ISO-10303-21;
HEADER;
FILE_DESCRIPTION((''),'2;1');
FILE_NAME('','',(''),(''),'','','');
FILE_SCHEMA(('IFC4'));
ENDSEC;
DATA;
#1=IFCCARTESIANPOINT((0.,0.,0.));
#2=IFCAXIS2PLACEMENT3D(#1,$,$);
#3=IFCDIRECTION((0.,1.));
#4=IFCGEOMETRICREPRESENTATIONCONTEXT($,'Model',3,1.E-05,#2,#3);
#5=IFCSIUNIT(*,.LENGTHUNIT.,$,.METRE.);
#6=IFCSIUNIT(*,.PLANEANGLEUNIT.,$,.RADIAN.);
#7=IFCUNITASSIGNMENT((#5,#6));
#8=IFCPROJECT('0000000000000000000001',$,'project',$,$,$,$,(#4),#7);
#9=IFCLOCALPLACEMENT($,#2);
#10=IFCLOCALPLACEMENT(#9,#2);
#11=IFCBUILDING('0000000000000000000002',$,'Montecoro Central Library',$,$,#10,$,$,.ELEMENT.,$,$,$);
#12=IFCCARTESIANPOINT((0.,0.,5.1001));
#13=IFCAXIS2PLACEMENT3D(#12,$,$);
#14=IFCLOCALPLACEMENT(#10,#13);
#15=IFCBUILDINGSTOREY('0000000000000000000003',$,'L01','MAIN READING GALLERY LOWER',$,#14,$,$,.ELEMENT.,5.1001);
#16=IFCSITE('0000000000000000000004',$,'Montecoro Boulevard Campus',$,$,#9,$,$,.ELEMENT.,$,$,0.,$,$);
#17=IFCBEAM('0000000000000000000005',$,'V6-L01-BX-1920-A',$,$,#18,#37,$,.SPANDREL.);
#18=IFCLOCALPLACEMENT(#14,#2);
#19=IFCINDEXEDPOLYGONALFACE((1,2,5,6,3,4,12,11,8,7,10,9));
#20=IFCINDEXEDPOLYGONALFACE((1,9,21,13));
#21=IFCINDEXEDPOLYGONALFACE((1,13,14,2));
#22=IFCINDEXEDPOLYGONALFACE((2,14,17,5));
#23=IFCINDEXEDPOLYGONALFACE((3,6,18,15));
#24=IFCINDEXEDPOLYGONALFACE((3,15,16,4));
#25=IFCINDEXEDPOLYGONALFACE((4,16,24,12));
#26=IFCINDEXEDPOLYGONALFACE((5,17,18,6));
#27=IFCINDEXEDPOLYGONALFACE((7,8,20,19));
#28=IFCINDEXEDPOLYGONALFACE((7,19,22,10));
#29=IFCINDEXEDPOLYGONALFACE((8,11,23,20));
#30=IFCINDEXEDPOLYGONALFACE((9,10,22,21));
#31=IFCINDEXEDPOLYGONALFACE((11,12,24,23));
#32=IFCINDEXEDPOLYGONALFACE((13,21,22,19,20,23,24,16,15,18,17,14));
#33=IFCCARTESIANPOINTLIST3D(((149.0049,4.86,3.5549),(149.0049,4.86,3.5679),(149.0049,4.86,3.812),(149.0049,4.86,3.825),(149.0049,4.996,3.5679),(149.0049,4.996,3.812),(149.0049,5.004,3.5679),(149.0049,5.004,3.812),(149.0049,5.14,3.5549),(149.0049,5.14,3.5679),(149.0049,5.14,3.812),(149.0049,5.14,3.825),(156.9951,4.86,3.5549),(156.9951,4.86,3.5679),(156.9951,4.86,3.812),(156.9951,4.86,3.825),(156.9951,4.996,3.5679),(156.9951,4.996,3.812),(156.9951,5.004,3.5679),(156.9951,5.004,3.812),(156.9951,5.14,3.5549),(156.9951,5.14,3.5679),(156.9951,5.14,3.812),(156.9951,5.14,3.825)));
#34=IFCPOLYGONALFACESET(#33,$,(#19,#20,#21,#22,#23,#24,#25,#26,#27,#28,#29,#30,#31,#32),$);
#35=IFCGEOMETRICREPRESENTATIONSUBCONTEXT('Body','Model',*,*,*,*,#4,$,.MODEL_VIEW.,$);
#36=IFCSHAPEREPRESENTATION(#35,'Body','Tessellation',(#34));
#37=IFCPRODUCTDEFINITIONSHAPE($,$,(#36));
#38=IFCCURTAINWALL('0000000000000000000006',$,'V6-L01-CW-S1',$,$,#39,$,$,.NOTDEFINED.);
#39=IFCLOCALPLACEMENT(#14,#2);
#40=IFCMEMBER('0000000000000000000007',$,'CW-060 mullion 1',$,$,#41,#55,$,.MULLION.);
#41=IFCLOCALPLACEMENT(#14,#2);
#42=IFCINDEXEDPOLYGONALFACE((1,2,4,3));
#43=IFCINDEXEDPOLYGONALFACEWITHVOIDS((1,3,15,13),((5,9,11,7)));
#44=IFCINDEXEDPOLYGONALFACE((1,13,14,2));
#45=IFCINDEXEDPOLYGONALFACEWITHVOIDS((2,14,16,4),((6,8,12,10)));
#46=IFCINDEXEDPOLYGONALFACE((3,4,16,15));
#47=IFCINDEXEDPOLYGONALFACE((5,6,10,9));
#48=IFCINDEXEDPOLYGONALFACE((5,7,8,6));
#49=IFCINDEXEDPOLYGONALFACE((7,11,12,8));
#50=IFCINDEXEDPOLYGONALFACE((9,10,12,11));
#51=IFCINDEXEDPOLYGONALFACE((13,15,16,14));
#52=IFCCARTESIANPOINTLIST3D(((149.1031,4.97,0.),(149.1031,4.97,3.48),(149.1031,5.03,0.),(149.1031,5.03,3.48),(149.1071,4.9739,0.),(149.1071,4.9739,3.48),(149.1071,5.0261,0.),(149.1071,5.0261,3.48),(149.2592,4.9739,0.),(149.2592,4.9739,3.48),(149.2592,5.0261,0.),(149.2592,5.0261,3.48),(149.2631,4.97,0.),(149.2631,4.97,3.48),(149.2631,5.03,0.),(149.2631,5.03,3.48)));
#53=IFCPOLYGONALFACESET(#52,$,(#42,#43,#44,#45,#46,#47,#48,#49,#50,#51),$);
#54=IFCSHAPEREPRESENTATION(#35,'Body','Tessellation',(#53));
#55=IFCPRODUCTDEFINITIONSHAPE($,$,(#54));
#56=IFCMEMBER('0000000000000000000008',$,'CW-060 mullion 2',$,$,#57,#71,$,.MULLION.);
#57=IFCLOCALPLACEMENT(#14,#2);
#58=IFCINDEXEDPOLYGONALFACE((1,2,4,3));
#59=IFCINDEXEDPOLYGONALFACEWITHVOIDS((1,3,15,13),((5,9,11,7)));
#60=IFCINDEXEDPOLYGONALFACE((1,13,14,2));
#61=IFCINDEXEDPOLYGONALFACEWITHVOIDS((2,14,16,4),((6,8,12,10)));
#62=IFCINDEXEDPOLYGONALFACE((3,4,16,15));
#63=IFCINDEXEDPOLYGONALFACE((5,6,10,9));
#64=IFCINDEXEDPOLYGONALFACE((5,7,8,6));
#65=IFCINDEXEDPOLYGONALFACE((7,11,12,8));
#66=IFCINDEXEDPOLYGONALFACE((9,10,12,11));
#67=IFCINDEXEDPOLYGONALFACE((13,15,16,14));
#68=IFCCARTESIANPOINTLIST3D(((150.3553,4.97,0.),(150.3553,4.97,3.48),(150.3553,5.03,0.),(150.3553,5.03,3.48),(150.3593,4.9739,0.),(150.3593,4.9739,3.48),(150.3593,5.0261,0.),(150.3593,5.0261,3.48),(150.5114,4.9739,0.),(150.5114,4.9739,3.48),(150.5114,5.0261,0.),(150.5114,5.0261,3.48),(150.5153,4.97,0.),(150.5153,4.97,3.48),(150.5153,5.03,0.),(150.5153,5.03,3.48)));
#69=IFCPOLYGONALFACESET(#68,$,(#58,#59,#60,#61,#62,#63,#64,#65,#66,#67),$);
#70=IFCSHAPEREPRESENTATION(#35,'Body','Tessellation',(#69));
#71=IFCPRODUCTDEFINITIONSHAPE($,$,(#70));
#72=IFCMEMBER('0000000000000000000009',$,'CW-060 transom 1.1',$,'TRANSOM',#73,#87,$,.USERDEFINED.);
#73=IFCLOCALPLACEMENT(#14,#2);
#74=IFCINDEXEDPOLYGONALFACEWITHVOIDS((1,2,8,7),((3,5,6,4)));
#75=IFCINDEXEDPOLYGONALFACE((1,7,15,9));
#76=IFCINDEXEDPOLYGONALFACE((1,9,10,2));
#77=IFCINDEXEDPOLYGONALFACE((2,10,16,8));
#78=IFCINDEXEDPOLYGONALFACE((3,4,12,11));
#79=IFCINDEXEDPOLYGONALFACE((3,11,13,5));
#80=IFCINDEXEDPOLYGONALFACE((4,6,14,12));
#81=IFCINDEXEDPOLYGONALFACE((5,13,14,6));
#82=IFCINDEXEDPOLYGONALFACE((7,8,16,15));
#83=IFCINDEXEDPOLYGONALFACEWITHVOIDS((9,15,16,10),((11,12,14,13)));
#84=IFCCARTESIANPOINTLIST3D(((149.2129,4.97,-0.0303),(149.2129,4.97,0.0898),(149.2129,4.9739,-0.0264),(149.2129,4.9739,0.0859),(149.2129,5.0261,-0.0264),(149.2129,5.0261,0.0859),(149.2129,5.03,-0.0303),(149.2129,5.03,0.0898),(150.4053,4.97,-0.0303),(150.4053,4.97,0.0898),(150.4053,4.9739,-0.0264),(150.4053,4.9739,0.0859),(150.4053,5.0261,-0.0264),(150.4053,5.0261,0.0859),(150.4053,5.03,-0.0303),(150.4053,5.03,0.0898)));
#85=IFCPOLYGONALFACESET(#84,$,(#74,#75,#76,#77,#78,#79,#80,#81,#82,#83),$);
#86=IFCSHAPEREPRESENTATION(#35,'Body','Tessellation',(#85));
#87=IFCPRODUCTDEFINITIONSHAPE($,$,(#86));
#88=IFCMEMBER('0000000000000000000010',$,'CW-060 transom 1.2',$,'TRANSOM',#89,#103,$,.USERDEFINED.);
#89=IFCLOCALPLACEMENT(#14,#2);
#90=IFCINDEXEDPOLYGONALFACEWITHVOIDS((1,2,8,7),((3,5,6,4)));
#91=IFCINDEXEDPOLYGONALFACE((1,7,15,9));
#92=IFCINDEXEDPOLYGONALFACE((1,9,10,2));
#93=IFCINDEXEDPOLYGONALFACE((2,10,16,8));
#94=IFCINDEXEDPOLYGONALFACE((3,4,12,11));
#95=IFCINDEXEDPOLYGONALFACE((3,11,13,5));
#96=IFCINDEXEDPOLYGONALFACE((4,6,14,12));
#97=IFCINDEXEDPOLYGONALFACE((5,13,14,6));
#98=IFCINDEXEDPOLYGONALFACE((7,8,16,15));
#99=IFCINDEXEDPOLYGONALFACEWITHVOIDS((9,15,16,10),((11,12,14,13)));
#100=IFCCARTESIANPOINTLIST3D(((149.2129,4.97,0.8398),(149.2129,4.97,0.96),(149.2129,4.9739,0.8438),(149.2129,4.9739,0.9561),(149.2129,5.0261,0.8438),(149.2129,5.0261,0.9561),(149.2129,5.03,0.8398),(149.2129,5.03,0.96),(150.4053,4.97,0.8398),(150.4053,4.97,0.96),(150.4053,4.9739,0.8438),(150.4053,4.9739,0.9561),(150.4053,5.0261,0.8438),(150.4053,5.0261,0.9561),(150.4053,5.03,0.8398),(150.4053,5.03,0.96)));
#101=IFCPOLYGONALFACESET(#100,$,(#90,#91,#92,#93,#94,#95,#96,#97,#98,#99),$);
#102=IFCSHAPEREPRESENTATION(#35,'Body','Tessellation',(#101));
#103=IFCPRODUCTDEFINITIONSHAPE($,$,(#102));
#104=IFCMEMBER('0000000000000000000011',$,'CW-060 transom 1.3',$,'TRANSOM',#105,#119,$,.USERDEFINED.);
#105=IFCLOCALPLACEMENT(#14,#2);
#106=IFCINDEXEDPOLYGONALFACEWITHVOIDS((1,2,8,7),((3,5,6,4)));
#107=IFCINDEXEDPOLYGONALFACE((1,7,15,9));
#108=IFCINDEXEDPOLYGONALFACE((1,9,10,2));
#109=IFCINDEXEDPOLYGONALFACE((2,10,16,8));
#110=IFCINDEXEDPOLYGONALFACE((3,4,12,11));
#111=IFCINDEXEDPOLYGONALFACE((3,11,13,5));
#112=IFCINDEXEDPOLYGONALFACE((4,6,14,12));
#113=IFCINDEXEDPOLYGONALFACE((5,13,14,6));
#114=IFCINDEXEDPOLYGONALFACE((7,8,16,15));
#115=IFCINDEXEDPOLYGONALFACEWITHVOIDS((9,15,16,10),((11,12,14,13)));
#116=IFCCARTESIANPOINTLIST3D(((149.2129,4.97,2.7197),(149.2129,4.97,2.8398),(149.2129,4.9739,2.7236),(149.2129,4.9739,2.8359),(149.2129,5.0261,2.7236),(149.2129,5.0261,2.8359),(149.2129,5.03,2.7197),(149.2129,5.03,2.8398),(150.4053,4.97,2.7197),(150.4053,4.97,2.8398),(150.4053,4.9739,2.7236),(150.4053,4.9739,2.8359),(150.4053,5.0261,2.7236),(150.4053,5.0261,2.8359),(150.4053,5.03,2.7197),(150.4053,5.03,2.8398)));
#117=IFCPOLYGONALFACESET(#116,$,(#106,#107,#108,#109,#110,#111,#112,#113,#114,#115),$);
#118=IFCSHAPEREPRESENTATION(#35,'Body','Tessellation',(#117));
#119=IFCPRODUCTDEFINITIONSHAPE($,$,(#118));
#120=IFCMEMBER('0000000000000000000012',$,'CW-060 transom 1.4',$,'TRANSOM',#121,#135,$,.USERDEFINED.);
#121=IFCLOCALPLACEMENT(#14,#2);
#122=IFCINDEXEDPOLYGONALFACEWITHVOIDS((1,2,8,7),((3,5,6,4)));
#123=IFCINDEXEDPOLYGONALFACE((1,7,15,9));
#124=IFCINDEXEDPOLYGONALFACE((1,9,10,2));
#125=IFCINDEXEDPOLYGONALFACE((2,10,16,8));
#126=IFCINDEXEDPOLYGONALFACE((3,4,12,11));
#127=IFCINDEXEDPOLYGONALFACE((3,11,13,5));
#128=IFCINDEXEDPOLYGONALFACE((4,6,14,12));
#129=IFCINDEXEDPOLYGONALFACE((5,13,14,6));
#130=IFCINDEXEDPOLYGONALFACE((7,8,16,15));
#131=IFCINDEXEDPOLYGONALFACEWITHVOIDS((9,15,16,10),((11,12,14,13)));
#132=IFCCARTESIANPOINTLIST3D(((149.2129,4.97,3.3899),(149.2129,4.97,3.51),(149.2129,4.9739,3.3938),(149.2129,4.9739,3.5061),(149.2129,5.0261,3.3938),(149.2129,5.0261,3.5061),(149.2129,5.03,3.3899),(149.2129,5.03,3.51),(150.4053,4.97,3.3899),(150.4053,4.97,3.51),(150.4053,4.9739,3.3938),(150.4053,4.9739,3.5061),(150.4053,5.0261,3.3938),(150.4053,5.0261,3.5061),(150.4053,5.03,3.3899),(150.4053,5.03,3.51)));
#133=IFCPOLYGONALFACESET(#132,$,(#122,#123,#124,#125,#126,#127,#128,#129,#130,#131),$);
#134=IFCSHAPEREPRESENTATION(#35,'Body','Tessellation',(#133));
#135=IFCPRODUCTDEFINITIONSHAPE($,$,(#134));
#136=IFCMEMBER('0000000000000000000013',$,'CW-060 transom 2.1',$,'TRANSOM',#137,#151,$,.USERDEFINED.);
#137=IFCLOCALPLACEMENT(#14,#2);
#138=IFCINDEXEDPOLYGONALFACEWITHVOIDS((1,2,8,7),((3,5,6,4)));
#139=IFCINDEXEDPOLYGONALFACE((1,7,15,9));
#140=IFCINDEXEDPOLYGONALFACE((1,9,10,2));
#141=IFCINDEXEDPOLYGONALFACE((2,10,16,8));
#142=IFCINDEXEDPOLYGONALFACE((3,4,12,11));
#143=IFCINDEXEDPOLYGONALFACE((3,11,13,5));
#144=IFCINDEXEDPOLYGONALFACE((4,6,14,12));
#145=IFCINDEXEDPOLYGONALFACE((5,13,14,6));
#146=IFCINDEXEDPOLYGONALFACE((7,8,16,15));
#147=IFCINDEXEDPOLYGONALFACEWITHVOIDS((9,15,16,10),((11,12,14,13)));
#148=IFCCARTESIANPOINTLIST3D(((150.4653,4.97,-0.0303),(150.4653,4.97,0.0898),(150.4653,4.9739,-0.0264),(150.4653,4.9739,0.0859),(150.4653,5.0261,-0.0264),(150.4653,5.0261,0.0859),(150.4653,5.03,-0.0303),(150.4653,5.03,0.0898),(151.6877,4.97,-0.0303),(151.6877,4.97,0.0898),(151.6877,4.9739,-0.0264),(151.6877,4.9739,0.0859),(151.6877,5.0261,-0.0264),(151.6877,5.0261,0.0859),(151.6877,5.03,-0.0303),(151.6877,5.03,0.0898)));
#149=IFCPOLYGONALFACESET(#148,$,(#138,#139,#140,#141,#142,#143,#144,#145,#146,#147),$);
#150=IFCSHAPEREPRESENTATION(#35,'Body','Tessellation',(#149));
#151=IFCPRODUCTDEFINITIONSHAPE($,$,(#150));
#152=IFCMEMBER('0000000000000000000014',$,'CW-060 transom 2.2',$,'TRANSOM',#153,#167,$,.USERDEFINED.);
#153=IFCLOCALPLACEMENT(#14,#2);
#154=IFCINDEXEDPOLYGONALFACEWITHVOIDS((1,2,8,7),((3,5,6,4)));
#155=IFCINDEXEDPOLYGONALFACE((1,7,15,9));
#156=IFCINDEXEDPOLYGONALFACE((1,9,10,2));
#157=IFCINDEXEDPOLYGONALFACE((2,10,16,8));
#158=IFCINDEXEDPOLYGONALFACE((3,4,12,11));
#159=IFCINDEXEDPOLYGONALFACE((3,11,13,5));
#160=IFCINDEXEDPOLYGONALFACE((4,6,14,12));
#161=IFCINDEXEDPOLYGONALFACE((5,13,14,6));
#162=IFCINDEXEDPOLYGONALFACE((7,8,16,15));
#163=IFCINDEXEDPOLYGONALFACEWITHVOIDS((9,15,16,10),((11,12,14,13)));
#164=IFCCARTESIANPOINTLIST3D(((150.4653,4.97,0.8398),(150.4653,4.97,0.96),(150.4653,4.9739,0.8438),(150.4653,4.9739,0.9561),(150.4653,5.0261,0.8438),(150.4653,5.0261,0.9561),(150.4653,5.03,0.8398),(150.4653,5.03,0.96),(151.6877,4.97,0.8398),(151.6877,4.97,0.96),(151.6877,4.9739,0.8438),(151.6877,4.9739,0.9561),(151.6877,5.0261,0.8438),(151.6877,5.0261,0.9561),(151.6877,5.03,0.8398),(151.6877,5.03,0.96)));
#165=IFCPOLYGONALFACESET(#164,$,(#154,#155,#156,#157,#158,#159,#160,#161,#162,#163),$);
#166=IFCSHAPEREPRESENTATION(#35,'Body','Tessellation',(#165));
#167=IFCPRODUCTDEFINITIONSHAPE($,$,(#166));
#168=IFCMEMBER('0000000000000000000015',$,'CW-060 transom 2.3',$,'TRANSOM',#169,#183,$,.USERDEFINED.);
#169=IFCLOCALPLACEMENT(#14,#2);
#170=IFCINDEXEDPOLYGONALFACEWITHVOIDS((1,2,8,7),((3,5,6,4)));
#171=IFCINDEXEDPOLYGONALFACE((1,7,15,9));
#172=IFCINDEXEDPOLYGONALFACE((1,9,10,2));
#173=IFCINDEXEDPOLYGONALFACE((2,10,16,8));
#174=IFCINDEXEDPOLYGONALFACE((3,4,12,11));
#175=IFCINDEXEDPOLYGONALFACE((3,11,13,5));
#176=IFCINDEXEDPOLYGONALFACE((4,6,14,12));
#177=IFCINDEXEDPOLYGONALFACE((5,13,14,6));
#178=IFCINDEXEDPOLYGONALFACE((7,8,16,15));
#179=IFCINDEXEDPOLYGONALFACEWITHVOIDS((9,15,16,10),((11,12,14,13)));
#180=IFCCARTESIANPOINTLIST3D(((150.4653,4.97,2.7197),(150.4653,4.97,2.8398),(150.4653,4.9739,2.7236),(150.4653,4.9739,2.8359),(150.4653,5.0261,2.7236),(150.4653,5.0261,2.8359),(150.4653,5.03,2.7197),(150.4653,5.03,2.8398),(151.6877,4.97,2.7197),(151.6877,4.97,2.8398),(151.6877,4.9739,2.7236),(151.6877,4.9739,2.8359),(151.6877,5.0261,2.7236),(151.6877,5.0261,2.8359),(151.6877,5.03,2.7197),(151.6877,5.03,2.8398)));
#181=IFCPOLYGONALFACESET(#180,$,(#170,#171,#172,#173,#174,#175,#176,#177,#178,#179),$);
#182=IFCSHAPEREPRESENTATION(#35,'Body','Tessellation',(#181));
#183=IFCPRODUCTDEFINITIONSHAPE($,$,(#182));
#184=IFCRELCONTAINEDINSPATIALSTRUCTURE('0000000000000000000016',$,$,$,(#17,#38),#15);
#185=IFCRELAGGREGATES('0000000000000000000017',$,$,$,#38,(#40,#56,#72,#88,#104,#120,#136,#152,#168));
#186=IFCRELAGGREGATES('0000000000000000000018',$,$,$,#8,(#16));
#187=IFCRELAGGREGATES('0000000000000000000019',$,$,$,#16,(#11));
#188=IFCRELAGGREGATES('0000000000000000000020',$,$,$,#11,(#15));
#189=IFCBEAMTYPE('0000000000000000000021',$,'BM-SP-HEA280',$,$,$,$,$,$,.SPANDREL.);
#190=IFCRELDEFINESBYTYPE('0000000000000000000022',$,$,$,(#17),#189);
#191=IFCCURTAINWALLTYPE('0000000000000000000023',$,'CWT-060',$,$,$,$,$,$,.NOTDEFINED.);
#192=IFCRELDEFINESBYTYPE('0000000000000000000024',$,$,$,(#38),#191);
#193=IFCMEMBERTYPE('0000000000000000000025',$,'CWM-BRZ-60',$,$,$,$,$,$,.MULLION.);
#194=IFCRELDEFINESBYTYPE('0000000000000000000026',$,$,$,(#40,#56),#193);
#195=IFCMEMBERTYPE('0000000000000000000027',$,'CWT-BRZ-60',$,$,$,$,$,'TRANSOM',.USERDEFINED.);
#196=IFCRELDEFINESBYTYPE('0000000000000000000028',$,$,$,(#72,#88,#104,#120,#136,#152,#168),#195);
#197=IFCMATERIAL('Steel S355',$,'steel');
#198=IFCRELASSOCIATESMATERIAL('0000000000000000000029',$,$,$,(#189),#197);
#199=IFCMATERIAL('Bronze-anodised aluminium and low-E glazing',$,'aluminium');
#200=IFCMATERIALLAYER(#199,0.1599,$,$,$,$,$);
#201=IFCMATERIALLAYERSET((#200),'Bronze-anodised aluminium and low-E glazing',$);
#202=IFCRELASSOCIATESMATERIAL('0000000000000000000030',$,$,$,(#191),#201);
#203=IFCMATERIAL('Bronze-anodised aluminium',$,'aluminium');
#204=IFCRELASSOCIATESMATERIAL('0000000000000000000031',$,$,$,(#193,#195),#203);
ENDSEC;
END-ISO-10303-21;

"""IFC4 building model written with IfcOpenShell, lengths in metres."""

from ifc_helpers import new_model, si_unit, direction, frame, origin, origin_2d, place, context, subcontext, project, spatial, hollow_rectangle, i_section, extrude, material, layer, layer_set, material_profile, profile_set, type_object, element, aggregate, save


model = new_model("IFC4")

# Units and contexts
model_context = context("Model", 3, precision=1e-05, world=origin(), true_north=direction((0.0, 1.0)))
body_context = subcontext(model_context, "Body", "Model", "MODEL_VIEW")
ifc_project = project(units=[si_unit("LENGTHUNIT", "METRE"), si_unit("PLANEANGLEUNIT", "RADIAN")], contexts=[model_context])

# Site, building, storey
site_placement = place(None, origin())
site = spatial("IfcSite", under=ifc_project, at=site_placement, Name="Montecoro Boulevard Campus", CompositionType="ELEMENT", RefElevation=0.0)
building_placement = place(site_placement, origin())
building = spatial("IfcBuilding", under=site, at=building_placement, Name="Montecoro Central Library", CompositionType="ELEMENT")
storey_placement = place(building_placement, frame((0.0, 0.0, 5.1001)))
storey = spatial("IfcBuildingStorey", under=building, at=storey_placement, Name="L01", Description="MAIN READING GALLERY LOWER", CompositionType="ELEMENT", Elevation=5.1001)

# Shared definitions
ifc_material_1 = material(Name="Steel S355", Category="steel")

# Beam
ifc_material_profile_1 = material_profile(ifc_material_1, i_section(OverallWidth=0.28, OverallDepth=0.27, WebThickness=0.0081, FlangeThickness=0.0129, at=origin_2d()), Name="HEA 280")
ifc_profile_set_1 = profile_set([ifc_material_profile_1], Name="Steel S355")
beam_type_1 = type_object("IfcBeamType", Name="BM-SP-HEA280", PredefinedType="SPANDREL", material=ifc_profile_set_1)
beam_1_placement = place(storey_placement, frame((149.0049, 5.0, 3.6899), z_axis=(1.0, 0.0, 0.0), x_axis=(0.0, 1.0, 0.0)))
element("IfcBeam", 1, at=beam_1_placement, inside=storey, type_object=beam_type_1, Name="V6-L01-BX-1920-A", PredefinedType="SPANDREL", context=body_context, shape_type="SweptSolid", body=[
    extrude(i_section(OverallWidth=0.28, OverallDepth=0.27, WebThickness=0.0081, FlangeThickness=0.0129, at=origin_2d()), origin(), (0.0, 0.0, 1.0), 7.9902),
])

# Curtain wall, members
ifc_material_2 = material(Name="Bronze-anodised aluminium and low-E glazing", Category="aluminium")
ifc_layer_1 = layer(ifc_material_2, 0.1599)
ifc_layer_set_1 = layer_set([ifc_layer_1], Name="Bronze-anodised aluminium and low-E glazing")
curtain_wall_type = type_object("IfcCurtainWallType", Name="CWT-060", PredefinedType="NOTDEFINED", material=ifc_layer_set_1)
curtain_wall_placement = place(storey_placement, origin())
curtain_wall = element("IfcCurtainWall", 2, at=curtain_wall_placement, inside=storey, type_object=curtain_wall_type, Name="V6-L01-CW-S1", PredefinedType="NOTDEFINED")
ifc_material_3 = material(Name="Bronze-anodised aluminium", Category="aluminium")
ifc_material_profile_2 = material_profile(ifc_material_3, hollow_rectangle(XDim=0.0601, YDim=0.1599, WallThickness=0.0039, at=origin_2d()), Name="CWM 160x60x4.0")
ifc_profile_set_2 = profile_set([ifc_material_profile_2], Name="Bronze-anodised aluminium")
member_type_1 = type_object("IfcMemberType", Name="CWM-BRZ-60", PredefinedType="MULLION", material=ifc_profile_set_2)
member_1_placement = place(storey_placement, frame((149.1831, 5.0, 0.0), z_axis=(0.0, 0.0, 1.0), x_axis=(0.0, 1.0, 0.0)))
member_1 = element("IfcMember", 3, at=member_1_placement, type_object=member_type_1, Name="CW-060 mullion 1", PredefinedType="MULLION", context=body_context, shape_type="SweptSolid", body=[
    extrude(hollow_rectangle(XDim=0.0601, YDim=0.1599, WallThickness=0.0039, at=origin_2d()), origin(), (0.0, 0.0, 1.0), 3.48),
])
member_2_placement = place(storey_placement, frame((150.4353, 5.0, 0.0), z_axis=(0.0, 0.0, 1.0), x_axis=(0.0, 1.0, 0.0)))
member_2 = element("IfcMember", 4, at=member_2_placement, type_object=member_type_1, Name="CW-060 mullion 2", PredefinedType="MULLION", context=body_context, shape_type="SweptSolid", body=[
    extrude(hollow_rectangle(XDim=0.0601, YDim=0.1599, WallThickness=0.0039, at=origin_2d()), origin(), (0.0, 0.0, 1.0), 3.48),
])
ifc_material_profile_3 = material_profile(ifc_material_3, hollow_rectangle(XDim=0.0601, YDim=0.1201, WallThickness=0.0039, at=origin_2d()), Name="CWT 120x60x4.0")
ifc_profile_set_3 = profile_set([ifc_material_profile_3], Name="Bronze-anodised aluminium")
member_type_2 = type_object("IfcMemberType", Name="CWT-BRZ-60", ElementType="TRANSOM", PredefinedType="USERDEFINED", material=ifc_profile_set_3)
member_3_placement = place(storey_placement, frame((149.2129, 5.0, 0.0298), z_axis=(1.0, 0.0, 0.0), x_axis=(0.0, 1.0, 0.0)))
member_3 = element("IfcMember", 5, at=member_3_placement, type_object=member_type_2, Name="CW-060 transom 1.1", ObjectType="TRANSOM", PredefinedType="USERDEFINED", context=body_context, shape_type="SweptSolid", body=[
    extrude(hollow_rectangle(XDim=0.0601, YDim=0.1201, WallThickness=0.0039, at=origin_2d()), origin(), (0.0, 0.0, 1.0), 1.1924),
])
member_4_placement = place(storey_placement, frame((149.2129, 5.0, 0.8999), z_axis=(1.0, 0.0, 0.0), x_axis=(0.0, 1.0, 0.0)))
member_4 = element("IfcMember", 6, at=member_4_placement, type_object=member_type_2, Name="CW-060 transom 1.2", ObjectType="TRANSOM", PredefinedType="USERDEFINED", context=body_context, shape_type="SweptSolid", body=[
    extrude(hollow_rectangle(XDim=0.0601, YDim=0.1201, WallThickness=0.0039, at=origin_2d()), origin(), (0.0, 0.0, 1.0), 1.1924),
])
member_5_placement = place(storey_placement, frame((149.2129, 5.0, 2.7798), z_axis=(1.0, 0.0, 0.0), x_axis=(0.0, 1.0, 0.0)))
member_5 = element("IfcMember", 7, at=member_5_placement, type_object=member_type_2, Name="CW-060 transom 1.3", ObjectType="TRANSOM", PredefinedType="USERDEFINED", context=body_context, shape_type="SweptSolid", body=[
    extrude(hollow_rectangle(XDim=0.0601, YDim=0.1201, WallThickness=0.0039, at=origin_2d()), origin(), (0.0, 0.0, 1.0), 1.1924),
])
member_6_placement = place(storey_placement, frame((149.2129, 5.0, 3.45), z_axis=(1.0, 0.0, 0.0), x_axis=(0.0, 1.0, 0.0)))
member_6 = element("IfcMember", 8, at=member_6_placement, type_object=member_type_2, Name="CW-060 transom 1.4", ObjectType="TRANSOM", PredefinedType="USERDEFINED", context=body_context, shape_type="SweptSolid", body=[
    extrude(hollow_rectangle(XDim=0.0601, YDim=0.1201, WallThickness=0.0039, at=origin_2d()), origin(), (0.0, 0.0, 1.0), 1.1924),
])
member_7_placement = place(storey_placement, frame((150.4653, 5.0, 0.0298), z_axis=(1.0, 0.0, 0.0), x_axis=(0.0, 1.0, 0.0)))
member_7 = element("IfcMember", 9, at=member_7_placement, type_object=member_type_2, Name="CW-060 transom 2.1", ObjectType="TRANSOM", PredefinedType="USERDEFINED", context=body_context, shape_type="SweptSolid", body=[
    extrude(hollow_rectangle(XDim=0.0601, YDim=0.1201, WallThickness=0.0039, at=origin_2d()), origin(), (0.0, 0.0, 1.0), 1.2224),
])
member_8_placement = place(storey_placement, frame((150.4653, 5.0, 0.8999), z_axis=(1.0, 0.0, 0.0), x_axis=(0.0, 1.0, 0.0)))
member_8 = element("IfcMember", 10, at=member_8_placement, type_object=member_type_2, Name="CW-060 transom 2.2", ObjectType="TRANSOM", PredefinedType="USERDEFINED", context=body_context, shape_type="SweptSolid", body=[
    extrude(hollow_rectangle(XDim=0.0601, YDim=0.1201, WallThickness=0.0039, at=origin_2d()), origin(), (0.0, 0.0, 1.0), 1.2224),
])
member_9_placement = place(storey_placement, frame((150.4653, 5.0, 2.7798), z_axis=(1.0, 0.0, 0.0), x_axis=(0.0, 1.0, 0.0)))
member_9 = element("IfcMember", 11, at=member_9_placement, type_object=member_type_2, Name="CW-060 transom 2.3", ObjectType="TRANSOM", PredefinedType="USERDEFINED", context=body_context, shape_type="SweptSolid", body=[
    extrude(hollow_rectangle(XDim=0.0601, YDim=0.1201, WallThickness=0.0039, at=origin_2d()), origin(), (0.0, 0.0, 1.0), 1.2224),
])
aggregate(curtain_wall, [member_1, member_2, member_3, member_4, member_5, member_6, member_7, member_8, member_9])

save(model, "model.ifc")
